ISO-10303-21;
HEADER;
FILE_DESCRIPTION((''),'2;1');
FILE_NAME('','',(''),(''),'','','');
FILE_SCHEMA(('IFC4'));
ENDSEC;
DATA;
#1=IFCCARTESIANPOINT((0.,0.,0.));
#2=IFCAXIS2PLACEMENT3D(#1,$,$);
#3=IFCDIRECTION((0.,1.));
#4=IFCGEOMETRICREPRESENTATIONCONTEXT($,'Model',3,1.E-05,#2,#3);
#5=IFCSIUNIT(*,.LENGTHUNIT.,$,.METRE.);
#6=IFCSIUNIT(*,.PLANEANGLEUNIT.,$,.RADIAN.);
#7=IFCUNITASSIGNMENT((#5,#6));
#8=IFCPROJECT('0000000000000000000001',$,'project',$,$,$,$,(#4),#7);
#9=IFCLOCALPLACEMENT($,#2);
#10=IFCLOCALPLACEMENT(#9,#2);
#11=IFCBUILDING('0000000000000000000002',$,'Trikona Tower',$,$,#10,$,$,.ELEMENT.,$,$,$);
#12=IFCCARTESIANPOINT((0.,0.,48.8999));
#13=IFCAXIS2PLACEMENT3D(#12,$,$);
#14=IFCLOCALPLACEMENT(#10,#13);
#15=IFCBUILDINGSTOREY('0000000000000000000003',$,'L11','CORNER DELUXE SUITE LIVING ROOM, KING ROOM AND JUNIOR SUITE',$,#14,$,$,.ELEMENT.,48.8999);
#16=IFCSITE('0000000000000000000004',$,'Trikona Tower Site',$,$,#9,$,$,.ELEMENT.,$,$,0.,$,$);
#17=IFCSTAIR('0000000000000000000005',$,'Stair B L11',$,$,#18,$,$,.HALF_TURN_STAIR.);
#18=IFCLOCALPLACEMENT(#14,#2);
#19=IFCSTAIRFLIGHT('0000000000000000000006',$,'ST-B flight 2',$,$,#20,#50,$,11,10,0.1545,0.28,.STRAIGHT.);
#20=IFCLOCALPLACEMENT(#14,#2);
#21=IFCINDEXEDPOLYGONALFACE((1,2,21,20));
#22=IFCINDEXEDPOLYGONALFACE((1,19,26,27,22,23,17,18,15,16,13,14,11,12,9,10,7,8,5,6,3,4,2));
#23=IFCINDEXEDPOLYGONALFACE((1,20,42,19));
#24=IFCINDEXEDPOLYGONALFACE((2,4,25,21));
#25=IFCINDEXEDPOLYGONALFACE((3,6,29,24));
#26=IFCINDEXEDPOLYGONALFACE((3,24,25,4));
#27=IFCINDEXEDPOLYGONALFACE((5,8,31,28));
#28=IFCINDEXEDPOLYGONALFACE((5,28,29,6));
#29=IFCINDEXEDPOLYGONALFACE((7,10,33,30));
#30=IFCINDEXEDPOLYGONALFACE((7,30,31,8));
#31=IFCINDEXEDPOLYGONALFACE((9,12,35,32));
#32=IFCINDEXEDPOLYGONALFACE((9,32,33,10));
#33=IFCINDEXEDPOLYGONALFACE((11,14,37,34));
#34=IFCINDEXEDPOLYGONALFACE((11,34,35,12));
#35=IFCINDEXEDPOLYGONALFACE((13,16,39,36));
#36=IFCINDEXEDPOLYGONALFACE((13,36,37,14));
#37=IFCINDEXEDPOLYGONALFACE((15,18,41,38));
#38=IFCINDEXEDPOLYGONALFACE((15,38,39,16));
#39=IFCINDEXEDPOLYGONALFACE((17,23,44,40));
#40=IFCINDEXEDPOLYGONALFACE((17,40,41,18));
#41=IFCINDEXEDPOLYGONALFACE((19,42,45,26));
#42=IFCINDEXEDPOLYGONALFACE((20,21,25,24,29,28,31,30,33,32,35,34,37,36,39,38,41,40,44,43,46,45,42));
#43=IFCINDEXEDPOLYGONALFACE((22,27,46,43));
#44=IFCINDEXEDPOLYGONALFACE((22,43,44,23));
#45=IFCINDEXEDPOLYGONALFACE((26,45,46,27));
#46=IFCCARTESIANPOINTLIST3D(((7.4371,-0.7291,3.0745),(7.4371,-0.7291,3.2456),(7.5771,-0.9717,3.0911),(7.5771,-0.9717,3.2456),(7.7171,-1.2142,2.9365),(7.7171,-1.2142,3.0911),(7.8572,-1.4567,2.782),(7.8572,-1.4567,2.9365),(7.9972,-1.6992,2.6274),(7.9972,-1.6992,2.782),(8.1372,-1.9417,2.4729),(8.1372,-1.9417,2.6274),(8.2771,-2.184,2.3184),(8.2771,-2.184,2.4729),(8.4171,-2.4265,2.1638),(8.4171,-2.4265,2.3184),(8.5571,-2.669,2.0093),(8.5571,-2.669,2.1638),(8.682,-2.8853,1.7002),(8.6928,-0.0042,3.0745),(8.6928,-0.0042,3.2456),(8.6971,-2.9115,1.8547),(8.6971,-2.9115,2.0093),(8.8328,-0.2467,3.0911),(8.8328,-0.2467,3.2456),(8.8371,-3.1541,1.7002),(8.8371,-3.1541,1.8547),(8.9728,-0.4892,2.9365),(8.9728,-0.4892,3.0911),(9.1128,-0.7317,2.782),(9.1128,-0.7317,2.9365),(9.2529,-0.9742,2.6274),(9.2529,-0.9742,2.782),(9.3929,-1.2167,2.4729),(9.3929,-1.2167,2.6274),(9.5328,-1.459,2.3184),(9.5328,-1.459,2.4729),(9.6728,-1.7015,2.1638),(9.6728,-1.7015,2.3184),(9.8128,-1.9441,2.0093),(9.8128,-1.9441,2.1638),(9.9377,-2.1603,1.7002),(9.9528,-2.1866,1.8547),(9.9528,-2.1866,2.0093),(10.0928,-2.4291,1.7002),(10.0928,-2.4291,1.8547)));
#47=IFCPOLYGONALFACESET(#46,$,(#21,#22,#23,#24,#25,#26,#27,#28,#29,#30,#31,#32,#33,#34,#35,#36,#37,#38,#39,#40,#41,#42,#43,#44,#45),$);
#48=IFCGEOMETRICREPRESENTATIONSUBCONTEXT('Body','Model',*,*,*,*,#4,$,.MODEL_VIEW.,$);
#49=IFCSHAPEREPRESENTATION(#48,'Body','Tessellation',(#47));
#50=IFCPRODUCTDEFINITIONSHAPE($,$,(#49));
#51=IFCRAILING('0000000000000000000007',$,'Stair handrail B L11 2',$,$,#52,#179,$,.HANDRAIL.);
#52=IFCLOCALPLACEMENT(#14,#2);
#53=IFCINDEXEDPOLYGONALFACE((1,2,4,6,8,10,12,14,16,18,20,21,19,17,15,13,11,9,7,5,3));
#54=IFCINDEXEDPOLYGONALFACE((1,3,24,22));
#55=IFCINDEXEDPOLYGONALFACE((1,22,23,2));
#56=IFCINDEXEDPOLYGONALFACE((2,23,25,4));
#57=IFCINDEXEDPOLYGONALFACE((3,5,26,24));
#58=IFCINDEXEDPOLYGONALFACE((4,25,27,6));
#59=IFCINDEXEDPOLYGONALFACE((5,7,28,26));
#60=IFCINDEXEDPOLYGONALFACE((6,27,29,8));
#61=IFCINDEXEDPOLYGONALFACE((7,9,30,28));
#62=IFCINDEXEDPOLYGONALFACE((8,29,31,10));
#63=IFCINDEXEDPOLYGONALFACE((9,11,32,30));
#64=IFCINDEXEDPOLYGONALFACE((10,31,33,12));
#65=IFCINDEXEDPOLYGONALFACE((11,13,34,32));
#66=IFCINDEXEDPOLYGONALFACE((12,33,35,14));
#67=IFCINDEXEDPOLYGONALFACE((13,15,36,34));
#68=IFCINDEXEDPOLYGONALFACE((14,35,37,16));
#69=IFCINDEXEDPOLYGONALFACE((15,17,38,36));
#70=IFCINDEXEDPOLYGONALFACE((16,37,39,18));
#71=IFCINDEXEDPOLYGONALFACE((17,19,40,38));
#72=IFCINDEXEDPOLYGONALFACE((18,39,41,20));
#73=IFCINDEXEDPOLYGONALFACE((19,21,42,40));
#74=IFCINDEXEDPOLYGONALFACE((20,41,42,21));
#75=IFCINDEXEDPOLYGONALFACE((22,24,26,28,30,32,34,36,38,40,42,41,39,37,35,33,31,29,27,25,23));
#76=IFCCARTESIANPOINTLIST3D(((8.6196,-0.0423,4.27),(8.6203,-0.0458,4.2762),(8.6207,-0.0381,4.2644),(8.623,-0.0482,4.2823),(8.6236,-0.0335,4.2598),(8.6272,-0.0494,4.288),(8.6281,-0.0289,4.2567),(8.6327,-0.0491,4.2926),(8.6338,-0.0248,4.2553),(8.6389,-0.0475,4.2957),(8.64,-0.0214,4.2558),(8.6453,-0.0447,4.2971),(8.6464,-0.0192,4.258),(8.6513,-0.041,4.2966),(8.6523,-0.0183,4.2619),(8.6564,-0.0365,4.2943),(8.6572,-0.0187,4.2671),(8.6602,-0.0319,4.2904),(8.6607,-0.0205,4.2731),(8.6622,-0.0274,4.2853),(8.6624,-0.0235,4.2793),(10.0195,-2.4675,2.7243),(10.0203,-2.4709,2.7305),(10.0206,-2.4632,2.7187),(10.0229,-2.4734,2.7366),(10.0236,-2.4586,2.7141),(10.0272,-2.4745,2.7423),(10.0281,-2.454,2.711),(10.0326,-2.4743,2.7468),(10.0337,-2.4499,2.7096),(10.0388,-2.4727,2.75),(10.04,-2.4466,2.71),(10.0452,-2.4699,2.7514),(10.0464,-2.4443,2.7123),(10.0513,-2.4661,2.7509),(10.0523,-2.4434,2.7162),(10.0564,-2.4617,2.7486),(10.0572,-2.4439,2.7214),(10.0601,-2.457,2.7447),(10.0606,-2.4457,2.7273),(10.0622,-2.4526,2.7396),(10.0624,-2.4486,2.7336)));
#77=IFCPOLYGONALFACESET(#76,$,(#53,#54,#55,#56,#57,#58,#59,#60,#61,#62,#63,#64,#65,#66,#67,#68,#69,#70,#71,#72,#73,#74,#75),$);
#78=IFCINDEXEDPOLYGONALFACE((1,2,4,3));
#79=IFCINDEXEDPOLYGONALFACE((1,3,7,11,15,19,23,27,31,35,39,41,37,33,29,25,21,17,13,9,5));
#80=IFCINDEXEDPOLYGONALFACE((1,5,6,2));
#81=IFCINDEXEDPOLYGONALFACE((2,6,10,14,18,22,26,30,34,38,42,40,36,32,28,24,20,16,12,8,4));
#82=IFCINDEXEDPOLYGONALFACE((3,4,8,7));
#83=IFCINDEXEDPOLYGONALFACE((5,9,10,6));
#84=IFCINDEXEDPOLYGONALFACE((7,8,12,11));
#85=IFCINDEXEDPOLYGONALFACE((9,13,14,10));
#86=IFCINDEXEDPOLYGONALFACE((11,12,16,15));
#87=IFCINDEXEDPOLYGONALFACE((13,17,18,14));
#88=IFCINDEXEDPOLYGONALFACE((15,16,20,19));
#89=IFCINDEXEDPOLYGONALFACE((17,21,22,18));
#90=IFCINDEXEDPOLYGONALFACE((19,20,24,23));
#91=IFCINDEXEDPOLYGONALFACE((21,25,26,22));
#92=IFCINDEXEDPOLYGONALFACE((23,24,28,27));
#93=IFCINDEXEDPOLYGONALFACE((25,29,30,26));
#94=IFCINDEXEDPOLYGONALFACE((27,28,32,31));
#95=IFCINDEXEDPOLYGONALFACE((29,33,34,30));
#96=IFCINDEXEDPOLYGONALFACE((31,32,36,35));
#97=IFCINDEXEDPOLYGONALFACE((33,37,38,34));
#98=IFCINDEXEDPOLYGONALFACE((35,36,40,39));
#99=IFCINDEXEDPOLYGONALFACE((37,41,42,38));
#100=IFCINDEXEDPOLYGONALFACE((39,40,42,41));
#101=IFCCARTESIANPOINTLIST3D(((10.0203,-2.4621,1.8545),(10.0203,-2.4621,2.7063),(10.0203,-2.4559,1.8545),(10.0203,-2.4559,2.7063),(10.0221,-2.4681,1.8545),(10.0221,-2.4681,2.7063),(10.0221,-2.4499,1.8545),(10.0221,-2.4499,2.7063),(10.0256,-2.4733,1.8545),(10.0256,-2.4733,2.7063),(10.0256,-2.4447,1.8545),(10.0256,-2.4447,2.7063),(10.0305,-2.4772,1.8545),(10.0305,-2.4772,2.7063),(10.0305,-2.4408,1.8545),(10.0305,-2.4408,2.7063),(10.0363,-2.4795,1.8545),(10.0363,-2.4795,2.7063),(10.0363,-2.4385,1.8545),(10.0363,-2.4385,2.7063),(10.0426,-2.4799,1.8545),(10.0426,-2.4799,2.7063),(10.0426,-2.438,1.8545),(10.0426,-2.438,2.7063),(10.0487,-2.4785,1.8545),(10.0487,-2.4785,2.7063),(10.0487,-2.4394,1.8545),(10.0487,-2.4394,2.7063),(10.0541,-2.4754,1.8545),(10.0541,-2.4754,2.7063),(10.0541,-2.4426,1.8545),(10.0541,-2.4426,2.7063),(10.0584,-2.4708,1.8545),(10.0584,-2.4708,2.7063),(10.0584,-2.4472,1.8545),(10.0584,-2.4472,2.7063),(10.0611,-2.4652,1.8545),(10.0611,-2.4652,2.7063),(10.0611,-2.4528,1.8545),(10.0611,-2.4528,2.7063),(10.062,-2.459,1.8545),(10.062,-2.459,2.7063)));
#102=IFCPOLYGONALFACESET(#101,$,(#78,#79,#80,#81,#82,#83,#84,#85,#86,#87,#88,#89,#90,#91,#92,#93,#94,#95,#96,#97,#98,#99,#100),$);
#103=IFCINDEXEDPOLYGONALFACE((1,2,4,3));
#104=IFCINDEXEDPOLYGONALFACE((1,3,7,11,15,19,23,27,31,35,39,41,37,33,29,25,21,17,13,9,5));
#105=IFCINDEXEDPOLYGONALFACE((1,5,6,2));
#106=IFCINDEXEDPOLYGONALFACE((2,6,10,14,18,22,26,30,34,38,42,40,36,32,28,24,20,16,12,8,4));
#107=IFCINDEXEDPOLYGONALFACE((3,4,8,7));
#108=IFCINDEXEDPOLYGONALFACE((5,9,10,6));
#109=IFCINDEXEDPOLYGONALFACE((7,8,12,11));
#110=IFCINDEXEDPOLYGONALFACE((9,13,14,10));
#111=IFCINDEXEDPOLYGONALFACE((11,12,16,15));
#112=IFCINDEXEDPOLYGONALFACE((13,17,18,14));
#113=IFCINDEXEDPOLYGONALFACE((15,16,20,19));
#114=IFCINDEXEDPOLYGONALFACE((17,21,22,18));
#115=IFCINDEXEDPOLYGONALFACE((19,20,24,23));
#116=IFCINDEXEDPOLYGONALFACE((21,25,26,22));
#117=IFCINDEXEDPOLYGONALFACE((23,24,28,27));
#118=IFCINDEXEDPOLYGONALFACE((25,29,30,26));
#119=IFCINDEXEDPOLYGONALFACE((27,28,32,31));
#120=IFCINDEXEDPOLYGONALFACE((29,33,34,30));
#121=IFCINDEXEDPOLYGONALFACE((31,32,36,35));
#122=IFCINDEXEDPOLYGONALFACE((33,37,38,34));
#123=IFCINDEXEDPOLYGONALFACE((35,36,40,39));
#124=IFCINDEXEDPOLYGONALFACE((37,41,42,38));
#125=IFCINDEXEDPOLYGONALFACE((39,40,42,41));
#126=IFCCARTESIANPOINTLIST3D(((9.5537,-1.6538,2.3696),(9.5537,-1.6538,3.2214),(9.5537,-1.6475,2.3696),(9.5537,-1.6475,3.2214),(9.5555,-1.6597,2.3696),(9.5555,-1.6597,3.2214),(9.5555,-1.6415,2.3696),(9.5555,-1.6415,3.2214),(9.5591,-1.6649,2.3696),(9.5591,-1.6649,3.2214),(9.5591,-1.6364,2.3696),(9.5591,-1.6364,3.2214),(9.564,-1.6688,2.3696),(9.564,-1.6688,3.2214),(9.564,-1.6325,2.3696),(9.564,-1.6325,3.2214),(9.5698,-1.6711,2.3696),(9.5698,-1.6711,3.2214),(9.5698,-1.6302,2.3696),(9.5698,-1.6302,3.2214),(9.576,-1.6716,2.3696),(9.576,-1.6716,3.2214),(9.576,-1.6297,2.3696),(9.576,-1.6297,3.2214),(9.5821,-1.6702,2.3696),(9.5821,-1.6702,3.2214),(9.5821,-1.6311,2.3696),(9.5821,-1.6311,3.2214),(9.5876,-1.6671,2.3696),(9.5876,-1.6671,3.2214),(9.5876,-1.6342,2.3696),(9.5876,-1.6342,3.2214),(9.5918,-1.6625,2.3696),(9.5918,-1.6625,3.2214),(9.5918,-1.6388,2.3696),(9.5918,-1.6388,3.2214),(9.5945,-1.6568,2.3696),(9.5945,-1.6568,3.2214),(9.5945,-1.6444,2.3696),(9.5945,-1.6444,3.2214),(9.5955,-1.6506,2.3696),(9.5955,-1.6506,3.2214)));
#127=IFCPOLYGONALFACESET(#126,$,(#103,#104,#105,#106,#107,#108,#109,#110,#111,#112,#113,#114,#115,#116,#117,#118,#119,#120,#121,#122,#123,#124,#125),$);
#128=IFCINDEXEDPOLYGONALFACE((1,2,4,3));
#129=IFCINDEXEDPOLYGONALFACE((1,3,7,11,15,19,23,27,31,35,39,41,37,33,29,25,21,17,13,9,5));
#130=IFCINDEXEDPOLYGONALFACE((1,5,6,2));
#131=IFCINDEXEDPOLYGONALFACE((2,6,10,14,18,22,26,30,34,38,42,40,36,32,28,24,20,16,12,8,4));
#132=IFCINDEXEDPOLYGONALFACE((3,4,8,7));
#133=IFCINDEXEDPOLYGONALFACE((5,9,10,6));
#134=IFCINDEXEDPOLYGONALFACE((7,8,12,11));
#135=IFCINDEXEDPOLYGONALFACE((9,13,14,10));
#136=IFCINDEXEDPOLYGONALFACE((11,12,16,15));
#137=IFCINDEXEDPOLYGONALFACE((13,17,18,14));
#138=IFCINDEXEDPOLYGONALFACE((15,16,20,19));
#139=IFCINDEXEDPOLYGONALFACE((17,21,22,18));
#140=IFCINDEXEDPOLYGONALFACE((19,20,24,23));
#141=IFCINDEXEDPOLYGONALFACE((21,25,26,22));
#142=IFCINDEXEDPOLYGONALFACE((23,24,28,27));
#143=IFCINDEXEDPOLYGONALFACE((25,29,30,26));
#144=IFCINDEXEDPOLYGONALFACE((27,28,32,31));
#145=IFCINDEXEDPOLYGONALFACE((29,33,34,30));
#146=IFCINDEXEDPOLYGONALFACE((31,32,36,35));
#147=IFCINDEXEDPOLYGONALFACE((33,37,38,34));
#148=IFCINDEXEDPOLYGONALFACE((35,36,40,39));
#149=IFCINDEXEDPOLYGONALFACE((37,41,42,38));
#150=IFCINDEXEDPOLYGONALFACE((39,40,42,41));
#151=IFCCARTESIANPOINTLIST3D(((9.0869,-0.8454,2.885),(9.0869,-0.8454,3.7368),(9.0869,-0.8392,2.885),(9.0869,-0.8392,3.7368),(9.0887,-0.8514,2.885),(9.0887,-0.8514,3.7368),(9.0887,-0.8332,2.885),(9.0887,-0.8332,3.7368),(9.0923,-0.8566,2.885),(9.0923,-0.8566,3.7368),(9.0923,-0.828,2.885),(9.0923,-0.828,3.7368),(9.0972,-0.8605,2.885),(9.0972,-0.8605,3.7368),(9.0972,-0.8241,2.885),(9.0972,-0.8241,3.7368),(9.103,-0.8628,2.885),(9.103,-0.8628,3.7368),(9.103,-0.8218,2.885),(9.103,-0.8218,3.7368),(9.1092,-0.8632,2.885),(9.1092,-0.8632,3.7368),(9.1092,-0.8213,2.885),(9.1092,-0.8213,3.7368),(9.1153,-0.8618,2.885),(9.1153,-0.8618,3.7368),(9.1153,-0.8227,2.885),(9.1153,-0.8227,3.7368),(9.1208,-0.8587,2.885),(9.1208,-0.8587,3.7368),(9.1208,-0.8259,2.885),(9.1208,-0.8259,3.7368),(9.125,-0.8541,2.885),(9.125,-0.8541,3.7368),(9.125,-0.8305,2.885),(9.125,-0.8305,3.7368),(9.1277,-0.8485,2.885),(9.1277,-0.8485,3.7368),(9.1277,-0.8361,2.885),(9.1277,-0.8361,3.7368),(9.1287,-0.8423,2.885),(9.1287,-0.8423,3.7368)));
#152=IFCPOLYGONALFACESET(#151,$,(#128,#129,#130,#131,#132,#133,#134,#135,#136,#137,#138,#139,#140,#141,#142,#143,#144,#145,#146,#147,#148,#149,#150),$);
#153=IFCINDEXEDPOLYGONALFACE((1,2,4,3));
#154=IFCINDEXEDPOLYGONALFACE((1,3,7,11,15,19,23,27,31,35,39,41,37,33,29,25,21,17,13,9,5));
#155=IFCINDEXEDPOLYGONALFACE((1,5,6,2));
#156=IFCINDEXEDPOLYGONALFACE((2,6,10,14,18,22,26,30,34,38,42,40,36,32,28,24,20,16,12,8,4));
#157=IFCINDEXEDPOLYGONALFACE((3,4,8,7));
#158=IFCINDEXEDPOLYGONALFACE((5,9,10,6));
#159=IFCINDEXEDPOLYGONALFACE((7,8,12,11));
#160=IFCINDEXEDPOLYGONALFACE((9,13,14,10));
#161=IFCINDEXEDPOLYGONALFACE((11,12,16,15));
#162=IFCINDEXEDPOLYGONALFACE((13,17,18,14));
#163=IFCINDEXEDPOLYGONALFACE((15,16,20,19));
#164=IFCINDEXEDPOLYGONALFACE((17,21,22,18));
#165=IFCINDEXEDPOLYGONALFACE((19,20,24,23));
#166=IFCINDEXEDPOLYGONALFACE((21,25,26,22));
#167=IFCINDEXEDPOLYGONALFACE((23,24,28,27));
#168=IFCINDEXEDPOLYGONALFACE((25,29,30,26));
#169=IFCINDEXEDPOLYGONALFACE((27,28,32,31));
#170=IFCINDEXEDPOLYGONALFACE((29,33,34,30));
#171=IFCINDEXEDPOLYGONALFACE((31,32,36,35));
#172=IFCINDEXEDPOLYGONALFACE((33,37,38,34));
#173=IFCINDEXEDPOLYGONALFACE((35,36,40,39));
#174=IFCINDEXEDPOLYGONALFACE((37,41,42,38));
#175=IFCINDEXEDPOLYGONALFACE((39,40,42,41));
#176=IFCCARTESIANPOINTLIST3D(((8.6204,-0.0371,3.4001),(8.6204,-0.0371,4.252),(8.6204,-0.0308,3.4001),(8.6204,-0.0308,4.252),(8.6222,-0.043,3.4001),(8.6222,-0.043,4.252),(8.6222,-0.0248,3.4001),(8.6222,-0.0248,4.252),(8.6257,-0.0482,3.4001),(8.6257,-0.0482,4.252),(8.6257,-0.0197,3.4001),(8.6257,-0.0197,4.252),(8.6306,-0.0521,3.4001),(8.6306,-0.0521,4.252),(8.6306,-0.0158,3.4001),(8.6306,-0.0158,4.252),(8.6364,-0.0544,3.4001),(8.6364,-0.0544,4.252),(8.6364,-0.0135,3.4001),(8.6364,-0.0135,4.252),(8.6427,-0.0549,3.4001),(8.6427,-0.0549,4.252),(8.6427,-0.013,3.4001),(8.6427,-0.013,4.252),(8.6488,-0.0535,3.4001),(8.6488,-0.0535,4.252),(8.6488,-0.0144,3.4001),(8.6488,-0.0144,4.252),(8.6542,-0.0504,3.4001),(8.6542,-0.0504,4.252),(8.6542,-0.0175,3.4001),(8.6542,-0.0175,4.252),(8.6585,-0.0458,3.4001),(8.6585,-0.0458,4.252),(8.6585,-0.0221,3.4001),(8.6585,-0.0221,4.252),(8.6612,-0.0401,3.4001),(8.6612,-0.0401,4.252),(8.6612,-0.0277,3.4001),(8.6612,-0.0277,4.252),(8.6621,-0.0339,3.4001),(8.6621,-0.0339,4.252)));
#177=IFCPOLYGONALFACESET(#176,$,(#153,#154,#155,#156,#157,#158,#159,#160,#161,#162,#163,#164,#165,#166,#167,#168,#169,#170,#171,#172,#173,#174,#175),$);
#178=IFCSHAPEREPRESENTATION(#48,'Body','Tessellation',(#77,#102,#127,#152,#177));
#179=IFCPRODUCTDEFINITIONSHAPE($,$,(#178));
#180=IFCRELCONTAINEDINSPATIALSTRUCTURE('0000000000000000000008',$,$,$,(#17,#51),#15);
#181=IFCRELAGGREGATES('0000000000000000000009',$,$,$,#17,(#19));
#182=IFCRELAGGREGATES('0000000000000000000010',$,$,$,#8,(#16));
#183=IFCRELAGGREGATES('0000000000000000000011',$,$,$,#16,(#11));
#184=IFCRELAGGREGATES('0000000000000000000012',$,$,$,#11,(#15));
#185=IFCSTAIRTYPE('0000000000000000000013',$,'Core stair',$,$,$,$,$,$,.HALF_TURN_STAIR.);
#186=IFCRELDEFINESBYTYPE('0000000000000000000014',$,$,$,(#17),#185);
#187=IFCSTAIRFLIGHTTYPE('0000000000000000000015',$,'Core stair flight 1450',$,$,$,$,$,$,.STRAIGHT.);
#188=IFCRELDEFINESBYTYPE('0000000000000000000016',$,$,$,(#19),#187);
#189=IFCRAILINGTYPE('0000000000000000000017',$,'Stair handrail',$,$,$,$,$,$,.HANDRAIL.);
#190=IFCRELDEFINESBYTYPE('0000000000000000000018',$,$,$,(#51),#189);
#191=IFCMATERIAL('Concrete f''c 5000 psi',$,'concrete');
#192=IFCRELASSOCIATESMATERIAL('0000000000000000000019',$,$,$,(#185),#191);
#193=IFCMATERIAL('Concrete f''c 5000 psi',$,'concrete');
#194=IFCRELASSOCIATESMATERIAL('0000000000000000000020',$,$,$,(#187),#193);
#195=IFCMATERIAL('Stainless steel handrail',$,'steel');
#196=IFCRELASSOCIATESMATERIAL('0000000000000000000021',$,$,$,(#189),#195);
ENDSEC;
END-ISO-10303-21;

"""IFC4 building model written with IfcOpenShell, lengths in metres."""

from ifc_helpers import new_model, si_unit, direction, frame, origin, origin_2d, place, context, subcontext, project, spatial, polyline, circle, outline, extrude, material, type_object, element, aggregate, save


model = new_model("IFC4")

# Units and contexts
model_context = context("Model", 3, precision=1e-05, world=origin(), true_north=direction((0.0, 1.0)))
body_context = subcontext(model_context, "Body", "Model", "MODEL_VIEW")
ifc_project = project(units=[si_unit("LENGTHUNIT", "METRE"), si_unit("PLANEANGLEUNIT", "RADIAN")], contexts=[model_context])

# Site, building, storey
site_placement = place(None, origin())
site = spatial("IfcSite", under=ifc_project, at=site_placement, Name="Trikona Tower Site", CompositionType="ELEMENT", RefElevation=0.0)
building_placement = place(site_placement, origin())
building = spatial("IfcBuilding", under=site, at=building_placement, Name="Trikona Tower", CompositionType="ELEMENT")
storey_placement = place(building_placement, frame((0.0, 0.0, 48.8999)))
storey = spatial("IfcBuildingStorey", under=building, at=storey_placement, Name="L11", Description="CORNER DELUXE SUITE LIVING ROOM, KING ROOM AND JUNIOR SUITE", CompositionType="ELEMENT", Elevation=48.8999)

# Stair, stair flight
ifc_material_1 = material(Name="Concrete f'c 5000 psi", Category="concrete")
stair_type = type_object("IfcStairType", Name="Core stair", PredefinedType="HALF_TURN_STAIR", material=ifc_material_1)
stair_placement = place(storey_placement, origin())
stair = element("IfcStair", 1, at=stair_placement, inside=storey, type_object=stair_type, Name="Stair B L11", PredefinedType="HALF_TURN_STAIR")
ifc_material_2 = material(Name="Concrete f'c 5000 psi", Category="concrete")
stair_flight_type = type_object("IfcStairFlightType", Name="Core stair flight 1450", PredefinedType="STRAIGHT", material=ifc_material_2)
stair_flight_placement = place(storey_placement, frame((9.4651, -2.7915, 1.7002), z_axis=(0.0, 0.0, 1.0), x_axis=(-0.5, 0.866025, 0.0)))
stair_flight = element("IfcStairFlight", 2, at=stair_flight_placement, type_object=stair_flight_type, Name="ST-B flight 2", NumberOfRisers=11, NumberOfTreads=10, PredefinedType="STRAIGHT", RiserHeight=0.1545, TreadLength=0.28, context=body_context, shape_type="SweptSolid", body=[
    extrude(outline(polyline([(0.0, 0.0), (0.0, 0.1545), (0.28, 0.1545), (0.28, 0.3091), (0.5601, 0.3091), (0.5601, 0.4636), (0.8401, 0.4636), (0.8401, 0.6182), (1.1201, 0.6182), (1.1201, 0.7727), (1.3999, 0.7727), (1.3999, 0.9272), (1.6799, 0.9272), (1.6799, 1.0818), (1.96, 1.0818), (1.96, 1.2363), (2.24, 1.2363), (2.24, 1.3909), (2.52, 1.3909), (2.52, 1.5454), (2.8, 1.5454), (2.8, 1.7), (2.8, 1.3743), (0.3103, 0.0), (0.0, 0.0)])), frame((0.0, 0.7251, 0.0), z_axis=(0.0, -1.0, 0.0), x_axis=(1.0, 0.0, 0.0)), (0.0, 0.0, 1.0), 1.45),
])
aggregate(stair, [stair_flight])

# Railing
ifc_material_3 = material(Name="Stainless steel handrail", Category="steel")
railing_type = type_object("IfcRailingType", Name="Stair handrail", PredefinedType="HANDRAIL", material=ifc_material_3)
railing_placement = place(storey_placement, frame((10.041, -2.459, 1.8545)))
element("IfcRailing", 3, at=railing_placement, inside=storey, type_object=railing_type, Name="Stair handrail B L11 2", PredefinedType="HANDRAIL", context=body_context, shape_type="SweptSolid", body=[
    extrude(circle(Radius=0.0239, at=origin_2d()), frame((0.0, 0.0, 0.876), z_axis=(-0.437691, 0.758212, 0.483262), x_axis=(-0.866056, -0.499946, 0.0)), (0.0, 0.0, 1.0), 3.1985),
    extrude(circle(Radius=0.021, at=origin_2d()), origin(), (0.0, 0.0, 1.0), 0.8518),
    extrude(circle(Radius=0.021, at=origin_2d()), frame((-0.4666, 0.8083, 0.5151)), (0.0, 0.0, 1.0), 0.8518),
    extrude(circle(Radius=0.021, at=origin_2d()), frame((-0.9333, 1.6167, 1.0305)), (0.0, 0.0, 1.0), 0.8518),
    extrude(circle(Radius=0.021, at=origin_2d()), frame((-1.3999, 2.425, 1.5457)), (0.0, 0.0, 1.0), 0.8518),
])

save(model, "model.ifc")
